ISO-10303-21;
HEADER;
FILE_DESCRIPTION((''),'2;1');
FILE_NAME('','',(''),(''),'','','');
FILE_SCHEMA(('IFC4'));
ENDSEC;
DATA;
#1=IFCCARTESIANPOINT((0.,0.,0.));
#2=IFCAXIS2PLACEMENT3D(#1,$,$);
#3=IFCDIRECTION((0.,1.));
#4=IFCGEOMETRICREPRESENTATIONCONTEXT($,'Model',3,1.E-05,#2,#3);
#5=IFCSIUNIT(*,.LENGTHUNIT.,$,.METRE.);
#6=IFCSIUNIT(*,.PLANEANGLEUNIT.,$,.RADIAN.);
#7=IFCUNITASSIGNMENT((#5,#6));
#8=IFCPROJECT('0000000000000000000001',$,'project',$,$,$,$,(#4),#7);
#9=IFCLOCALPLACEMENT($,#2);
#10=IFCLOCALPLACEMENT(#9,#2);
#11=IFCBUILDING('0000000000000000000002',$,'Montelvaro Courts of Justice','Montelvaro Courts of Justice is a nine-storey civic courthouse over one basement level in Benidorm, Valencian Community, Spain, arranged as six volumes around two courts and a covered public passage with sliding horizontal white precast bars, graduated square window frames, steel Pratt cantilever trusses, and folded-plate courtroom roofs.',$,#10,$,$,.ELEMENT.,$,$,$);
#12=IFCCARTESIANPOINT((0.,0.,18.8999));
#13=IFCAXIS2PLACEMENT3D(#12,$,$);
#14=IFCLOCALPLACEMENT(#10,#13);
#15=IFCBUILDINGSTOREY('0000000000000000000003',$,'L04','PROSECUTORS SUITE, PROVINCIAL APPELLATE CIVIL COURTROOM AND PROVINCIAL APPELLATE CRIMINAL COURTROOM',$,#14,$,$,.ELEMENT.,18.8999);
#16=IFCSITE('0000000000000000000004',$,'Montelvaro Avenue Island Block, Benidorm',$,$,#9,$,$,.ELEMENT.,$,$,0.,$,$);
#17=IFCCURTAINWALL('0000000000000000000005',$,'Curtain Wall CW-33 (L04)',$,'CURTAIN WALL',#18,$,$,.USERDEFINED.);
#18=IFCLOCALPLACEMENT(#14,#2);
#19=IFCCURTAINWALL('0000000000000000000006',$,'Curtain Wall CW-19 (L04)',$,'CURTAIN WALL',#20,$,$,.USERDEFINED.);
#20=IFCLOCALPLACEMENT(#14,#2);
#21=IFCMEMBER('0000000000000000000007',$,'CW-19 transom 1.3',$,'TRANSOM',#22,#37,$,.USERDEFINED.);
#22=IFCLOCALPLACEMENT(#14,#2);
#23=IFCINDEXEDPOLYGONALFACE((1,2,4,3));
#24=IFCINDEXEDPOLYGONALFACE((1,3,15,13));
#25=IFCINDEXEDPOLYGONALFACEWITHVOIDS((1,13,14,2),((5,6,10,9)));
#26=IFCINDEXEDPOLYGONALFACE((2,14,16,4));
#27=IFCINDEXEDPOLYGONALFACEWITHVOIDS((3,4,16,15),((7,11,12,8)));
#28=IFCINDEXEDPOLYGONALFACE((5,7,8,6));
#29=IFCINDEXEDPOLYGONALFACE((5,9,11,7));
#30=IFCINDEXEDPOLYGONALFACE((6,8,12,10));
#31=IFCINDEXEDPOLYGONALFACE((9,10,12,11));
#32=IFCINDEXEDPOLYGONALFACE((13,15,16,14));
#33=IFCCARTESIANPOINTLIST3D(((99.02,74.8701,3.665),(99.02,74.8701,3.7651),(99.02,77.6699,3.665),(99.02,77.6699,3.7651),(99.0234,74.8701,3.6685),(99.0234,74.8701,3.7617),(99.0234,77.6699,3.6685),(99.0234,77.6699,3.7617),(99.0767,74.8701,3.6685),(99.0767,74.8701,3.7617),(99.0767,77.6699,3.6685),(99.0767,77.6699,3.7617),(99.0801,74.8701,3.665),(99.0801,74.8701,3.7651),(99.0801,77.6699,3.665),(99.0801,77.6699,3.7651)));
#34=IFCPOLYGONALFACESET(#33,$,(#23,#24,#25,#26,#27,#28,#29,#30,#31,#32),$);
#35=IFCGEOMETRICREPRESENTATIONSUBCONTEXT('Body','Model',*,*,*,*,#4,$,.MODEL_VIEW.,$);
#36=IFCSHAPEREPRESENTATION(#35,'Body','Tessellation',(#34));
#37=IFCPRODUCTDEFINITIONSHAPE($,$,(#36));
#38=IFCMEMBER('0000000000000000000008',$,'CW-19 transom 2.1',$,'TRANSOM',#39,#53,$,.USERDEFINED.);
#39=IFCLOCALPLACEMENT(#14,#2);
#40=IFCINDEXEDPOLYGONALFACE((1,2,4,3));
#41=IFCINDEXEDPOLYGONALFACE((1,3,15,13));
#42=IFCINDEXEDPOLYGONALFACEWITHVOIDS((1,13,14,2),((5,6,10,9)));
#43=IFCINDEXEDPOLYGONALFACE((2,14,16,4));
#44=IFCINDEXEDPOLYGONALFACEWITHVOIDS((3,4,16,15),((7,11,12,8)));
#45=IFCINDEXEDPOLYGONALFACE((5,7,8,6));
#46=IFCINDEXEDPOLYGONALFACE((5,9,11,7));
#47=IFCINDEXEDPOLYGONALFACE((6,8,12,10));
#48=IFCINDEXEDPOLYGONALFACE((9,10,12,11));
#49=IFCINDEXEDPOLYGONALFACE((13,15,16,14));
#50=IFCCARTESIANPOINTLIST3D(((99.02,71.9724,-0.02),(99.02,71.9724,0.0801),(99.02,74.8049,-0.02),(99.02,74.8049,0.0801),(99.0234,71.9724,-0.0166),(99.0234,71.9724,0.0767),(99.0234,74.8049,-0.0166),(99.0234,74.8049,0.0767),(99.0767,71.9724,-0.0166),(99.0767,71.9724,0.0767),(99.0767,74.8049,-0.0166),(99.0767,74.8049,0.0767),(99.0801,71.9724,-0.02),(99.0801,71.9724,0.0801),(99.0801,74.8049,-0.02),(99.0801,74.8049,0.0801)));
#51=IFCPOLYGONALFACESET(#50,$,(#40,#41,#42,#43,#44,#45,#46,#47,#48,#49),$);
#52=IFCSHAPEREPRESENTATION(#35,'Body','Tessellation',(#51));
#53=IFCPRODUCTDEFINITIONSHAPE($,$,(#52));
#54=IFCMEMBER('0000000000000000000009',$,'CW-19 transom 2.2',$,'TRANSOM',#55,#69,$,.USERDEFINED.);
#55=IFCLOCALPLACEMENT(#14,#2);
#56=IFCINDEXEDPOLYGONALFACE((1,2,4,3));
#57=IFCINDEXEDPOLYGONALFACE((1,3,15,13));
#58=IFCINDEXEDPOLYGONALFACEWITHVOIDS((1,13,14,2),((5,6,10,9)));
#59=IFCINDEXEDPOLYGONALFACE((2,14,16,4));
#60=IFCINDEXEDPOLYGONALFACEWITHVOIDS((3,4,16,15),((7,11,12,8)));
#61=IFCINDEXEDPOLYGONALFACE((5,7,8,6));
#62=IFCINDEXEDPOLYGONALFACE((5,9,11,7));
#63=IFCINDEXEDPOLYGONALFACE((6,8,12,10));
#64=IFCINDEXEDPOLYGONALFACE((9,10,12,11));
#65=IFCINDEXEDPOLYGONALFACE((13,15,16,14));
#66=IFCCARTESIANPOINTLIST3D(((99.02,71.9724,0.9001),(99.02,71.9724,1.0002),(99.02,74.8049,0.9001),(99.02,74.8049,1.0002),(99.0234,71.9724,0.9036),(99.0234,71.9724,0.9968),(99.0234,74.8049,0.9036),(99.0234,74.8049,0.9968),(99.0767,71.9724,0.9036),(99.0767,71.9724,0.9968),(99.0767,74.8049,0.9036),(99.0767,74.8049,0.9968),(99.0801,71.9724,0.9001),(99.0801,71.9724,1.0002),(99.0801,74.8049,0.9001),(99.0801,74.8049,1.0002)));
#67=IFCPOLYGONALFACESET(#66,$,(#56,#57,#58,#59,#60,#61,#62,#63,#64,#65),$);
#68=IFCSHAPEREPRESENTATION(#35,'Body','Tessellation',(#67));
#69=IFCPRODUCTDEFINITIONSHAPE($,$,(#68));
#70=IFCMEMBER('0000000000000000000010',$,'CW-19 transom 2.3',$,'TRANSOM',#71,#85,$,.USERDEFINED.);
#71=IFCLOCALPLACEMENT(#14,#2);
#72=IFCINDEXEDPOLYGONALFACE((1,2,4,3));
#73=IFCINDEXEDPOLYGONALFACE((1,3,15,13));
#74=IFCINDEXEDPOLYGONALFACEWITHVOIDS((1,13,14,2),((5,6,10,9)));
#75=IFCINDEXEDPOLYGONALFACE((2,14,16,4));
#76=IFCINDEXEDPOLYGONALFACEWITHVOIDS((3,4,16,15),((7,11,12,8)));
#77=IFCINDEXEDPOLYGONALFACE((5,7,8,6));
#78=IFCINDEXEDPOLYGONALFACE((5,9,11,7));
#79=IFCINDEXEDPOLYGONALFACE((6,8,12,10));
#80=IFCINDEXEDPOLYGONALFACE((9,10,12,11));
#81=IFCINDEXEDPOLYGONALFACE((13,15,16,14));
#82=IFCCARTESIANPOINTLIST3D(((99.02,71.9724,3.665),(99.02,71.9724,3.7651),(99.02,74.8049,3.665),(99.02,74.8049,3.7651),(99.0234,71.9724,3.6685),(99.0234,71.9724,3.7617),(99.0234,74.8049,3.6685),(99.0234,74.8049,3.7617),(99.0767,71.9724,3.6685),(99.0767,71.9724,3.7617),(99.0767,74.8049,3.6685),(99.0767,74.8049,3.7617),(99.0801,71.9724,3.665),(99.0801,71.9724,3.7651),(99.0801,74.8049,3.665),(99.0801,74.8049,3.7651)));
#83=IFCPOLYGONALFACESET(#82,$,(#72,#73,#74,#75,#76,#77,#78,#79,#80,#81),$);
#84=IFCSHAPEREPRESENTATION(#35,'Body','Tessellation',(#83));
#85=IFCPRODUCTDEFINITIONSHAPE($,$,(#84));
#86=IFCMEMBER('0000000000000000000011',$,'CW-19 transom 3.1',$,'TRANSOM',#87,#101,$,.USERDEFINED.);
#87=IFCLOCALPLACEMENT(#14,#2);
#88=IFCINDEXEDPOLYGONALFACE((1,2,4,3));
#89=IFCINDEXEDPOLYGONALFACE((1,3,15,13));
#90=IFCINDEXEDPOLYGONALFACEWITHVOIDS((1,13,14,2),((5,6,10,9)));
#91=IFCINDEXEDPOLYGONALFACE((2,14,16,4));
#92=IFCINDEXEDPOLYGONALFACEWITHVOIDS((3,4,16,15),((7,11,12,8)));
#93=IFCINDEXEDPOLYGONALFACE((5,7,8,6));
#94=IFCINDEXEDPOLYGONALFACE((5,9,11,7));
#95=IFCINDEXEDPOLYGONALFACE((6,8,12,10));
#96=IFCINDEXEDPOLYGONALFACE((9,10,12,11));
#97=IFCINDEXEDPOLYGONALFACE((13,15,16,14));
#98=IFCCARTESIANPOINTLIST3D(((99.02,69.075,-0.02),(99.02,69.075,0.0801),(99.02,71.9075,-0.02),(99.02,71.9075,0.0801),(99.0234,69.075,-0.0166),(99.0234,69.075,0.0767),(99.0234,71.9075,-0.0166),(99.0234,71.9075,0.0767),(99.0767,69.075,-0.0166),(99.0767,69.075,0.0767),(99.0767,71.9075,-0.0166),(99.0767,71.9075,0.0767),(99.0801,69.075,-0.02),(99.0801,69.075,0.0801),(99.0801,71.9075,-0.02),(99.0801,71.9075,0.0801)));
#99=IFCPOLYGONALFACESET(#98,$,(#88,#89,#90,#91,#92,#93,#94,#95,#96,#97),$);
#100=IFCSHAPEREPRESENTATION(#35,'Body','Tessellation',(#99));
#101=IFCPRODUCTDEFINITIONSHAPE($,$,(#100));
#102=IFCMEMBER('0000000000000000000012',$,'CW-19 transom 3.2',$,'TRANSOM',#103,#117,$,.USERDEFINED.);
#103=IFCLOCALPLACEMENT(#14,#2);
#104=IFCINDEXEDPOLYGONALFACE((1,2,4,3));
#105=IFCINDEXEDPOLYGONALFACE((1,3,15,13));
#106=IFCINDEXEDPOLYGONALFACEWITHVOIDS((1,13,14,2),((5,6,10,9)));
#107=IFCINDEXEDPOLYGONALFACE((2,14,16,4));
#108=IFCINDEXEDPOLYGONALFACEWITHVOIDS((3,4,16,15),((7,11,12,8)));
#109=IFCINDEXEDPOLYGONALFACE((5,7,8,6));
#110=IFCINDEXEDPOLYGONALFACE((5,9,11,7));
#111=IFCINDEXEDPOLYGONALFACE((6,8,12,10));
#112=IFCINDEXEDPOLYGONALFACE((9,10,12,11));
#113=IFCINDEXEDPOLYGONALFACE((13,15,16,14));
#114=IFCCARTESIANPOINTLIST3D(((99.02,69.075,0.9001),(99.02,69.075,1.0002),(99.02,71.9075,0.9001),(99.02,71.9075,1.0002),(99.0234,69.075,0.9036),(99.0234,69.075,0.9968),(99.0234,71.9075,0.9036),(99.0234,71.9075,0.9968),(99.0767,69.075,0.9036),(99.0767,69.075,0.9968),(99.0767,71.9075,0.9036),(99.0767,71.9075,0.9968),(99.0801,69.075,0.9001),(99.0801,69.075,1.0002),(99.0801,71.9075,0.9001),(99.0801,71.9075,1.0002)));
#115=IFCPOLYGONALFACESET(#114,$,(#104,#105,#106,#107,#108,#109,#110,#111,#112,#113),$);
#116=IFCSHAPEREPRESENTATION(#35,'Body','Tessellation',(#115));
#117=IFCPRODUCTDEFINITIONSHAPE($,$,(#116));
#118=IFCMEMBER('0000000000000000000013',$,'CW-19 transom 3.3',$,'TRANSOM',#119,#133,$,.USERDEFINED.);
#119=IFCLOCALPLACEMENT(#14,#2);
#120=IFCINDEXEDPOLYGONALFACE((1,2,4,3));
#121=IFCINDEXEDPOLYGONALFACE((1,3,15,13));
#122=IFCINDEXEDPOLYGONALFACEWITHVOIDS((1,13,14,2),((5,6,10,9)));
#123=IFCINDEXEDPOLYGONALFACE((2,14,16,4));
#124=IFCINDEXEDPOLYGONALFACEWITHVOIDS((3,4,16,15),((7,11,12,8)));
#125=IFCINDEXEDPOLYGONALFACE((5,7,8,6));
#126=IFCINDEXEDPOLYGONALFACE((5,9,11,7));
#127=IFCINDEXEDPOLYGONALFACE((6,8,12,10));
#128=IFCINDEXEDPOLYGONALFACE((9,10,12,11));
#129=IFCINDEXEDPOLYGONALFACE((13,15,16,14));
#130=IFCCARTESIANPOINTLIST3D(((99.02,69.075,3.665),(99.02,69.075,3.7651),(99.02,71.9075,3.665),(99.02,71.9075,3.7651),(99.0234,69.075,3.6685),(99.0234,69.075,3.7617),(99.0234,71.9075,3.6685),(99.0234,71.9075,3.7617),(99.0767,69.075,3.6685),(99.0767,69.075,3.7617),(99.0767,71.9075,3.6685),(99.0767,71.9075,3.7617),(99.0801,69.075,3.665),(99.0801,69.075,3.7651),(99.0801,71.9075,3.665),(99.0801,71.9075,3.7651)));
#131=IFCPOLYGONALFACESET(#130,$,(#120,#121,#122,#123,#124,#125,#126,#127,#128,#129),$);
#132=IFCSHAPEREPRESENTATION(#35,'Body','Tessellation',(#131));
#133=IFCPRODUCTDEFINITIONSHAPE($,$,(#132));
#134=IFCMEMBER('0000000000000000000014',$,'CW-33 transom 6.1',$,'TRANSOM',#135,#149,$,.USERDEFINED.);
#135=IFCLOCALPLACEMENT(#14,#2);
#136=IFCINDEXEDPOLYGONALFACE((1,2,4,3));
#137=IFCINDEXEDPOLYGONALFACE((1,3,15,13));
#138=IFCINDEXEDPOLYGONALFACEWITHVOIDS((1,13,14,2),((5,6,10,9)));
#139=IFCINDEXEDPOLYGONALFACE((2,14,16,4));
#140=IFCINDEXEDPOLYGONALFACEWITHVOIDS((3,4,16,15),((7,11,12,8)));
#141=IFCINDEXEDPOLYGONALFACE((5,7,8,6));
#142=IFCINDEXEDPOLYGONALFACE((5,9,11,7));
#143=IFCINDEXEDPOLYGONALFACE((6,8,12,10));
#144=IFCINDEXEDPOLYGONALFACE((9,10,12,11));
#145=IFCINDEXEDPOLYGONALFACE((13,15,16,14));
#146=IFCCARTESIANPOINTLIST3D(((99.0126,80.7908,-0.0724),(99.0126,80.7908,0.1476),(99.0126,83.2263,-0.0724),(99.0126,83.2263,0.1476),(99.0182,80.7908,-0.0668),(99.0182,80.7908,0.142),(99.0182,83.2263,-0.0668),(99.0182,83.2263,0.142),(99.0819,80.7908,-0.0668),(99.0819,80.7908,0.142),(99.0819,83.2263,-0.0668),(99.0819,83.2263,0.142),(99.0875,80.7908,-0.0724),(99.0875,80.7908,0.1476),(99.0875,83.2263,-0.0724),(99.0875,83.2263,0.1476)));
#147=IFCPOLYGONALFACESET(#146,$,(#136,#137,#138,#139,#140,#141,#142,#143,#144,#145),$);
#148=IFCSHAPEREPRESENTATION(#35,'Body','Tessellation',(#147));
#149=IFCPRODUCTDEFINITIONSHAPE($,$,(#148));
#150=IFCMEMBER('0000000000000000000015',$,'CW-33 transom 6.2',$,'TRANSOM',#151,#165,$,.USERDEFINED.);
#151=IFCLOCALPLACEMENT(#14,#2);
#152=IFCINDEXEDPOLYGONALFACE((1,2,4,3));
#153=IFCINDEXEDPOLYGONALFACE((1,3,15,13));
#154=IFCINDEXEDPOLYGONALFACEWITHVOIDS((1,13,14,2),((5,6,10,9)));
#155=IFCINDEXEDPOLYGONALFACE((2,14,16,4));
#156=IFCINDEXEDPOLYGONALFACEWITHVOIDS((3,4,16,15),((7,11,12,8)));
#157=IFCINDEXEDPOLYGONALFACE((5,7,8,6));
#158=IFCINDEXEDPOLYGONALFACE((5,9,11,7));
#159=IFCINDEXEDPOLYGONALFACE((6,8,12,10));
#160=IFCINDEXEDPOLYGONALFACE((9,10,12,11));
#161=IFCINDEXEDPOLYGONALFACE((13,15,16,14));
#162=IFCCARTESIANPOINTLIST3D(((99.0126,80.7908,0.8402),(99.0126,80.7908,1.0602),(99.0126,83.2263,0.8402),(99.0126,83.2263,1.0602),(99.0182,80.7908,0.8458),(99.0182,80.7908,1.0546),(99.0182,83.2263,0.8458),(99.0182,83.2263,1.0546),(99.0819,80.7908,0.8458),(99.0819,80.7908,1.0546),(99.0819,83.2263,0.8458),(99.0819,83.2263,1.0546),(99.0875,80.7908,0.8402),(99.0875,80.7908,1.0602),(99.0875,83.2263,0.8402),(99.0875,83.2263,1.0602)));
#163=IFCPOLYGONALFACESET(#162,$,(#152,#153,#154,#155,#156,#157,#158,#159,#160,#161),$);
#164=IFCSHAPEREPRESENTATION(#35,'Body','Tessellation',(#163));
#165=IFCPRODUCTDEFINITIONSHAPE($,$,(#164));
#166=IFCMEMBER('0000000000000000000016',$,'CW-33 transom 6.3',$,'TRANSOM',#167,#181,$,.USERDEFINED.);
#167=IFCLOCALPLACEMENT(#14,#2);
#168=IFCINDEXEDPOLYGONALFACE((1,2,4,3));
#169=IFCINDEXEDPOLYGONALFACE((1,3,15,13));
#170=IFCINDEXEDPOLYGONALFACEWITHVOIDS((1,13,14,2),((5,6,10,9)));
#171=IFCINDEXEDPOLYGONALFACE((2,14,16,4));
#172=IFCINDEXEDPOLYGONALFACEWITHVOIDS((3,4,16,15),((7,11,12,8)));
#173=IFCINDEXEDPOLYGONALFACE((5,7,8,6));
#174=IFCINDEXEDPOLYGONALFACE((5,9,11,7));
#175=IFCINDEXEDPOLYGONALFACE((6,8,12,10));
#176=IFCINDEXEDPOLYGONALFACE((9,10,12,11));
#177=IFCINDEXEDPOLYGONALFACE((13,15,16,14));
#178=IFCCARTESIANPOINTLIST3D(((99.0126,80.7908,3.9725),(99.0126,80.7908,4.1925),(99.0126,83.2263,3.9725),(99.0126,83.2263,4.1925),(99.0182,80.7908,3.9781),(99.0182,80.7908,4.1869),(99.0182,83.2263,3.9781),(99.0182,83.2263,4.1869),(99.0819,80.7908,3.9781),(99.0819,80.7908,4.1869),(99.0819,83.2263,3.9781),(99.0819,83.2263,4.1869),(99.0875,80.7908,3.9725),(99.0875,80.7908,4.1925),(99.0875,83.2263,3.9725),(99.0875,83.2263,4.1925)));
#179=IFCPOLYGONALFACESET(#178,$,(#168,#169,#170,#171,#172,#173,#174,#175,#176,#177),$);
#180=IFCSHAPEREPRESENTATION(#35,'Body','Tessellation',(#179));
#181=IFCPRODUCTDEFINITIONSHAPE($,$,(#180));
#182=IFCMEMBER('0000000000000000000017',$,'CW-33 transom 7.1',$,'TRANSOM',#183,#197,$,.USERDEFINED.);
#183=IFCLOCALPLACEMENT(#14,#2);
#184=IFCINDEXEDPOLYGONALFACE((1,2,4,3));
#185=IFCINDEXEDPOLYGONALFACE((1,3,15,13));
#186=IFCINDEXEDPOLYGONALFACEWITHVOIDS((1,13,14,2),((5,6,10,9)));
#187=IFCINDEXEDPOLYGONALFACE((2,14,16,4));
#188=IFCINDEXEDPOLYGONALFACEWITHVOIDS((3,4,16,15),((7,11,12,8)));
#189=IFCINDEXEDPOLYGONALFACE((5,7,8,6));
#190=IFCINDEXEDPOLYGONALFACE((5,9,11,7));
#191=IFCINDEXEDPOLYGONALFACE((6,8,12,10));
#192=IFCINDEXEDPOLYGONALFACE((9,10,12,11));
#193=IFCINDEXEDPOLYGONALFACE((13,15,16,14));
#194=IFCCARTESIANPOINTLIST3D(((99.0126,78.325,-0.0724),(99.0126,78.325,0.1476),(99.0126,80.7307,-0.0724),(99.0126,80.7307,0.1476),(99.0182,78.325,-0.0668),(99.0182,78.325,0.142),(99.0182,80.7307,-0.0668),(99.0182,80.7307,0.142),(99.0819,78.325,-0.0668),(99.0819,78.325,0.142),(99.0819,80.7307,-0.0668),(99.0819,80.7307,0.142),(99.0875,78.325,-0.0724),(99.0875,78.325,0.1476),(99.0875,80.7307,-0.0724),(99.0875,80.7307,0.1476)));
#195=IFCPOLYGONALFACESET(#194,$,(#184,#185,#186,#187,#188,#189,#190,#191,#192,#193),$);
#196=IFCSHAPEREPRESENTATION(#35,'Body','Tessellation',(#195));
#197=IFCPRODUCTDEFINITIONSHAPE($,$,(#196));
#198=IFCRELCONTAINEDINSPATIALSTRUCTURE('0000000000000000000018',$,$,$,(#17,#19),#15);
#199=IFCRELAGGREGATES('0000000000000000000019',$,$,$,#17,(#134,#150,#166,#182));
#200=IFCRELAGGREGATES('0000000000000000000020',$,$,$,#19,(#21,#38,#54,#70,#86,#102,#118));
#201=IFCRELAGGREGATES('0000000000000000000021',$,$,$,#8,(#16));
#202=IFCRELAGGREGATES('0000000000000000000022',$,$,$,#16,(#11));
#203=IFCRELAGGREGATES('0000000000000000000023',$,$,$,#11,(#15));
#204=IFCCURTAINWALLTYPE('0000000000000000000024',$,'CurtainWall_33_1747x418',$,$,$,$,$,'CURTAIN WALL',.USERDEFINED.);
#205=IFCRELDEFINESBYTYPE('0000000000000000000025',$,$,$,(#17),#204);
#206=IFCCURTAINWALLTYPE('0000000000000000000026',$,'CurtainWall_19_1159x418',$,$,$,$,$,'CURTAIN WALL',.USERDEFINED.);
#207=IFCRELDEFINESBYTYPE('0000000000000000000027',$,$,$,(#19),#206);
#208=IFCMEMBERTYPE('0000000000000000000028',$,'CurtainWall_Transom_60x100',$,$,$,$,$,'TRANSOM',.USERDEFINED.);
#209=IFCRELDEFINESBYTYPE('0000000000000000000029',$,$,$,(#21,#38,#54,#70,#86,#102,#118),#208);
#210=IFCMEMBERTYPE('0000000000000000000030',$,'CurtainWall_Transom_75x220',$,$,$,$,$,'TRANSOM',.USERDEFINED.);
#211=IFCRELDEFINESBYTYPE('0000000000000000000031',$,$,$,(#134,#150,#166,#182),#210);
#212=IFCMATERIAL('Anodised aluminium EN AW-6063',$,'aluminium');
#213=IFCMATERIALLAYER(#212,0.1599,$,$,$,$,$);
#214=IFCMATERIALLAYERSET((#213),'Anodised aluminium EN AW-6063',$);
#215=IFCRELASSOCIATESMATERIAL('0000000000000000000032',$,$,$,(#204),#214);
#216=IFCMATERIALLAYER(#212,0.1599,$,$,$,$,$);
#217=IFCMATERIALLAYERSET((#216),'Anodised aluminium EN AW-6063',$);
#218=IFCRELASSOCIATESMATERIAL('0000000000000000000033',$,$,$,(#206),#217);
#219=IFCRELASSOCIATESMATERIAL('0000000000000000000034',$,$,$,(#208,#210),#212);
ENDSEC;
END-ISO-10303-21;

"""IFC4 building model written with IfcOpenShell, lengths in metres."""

from ifc_helpers import new_model, si_unit, direction, frame, origin, origin_2d, place, context, subcontext, project, spatial, hollow_rectangle, extrude, material, layer, layer_set, material_profile, profile_set, type_object, element, aggregate, save


model = new_model("IFC4")

# Units and contexts
model_context = context("Model", 3, precision=1e-05, world=origin(), true_north=direction((0.0, 1.0)))
body_context = subcontext(model_context, "Body", "Model", "MODEL_VIEW")
ifc_project = project(units=[si_unit("LENGTHUNIT", "METRE"), si_unit("PLANEANGLEUNIT", "RADIAN")], contexts=[model_context])

# Site, building, storey
site_placement = place(None, origin())
site = spatial("IfcSite", under=ifc_project, at=site_placement, Name="Montelvaro Avenue Island Block, Benidorm", CompositionType="ELEMENT", RefElevation=0.0)
building_placement = place(site_placement, origin())
building = spatial("IfcBuilding", under=site, at=building_placement, Name="Montelvaro Courts of Justice", Description="Montelvaro Courts of Justice is a nine-storey civic courthouse over one basement level in Benidorm, Valencian Community, Spain, arranged as six volumes around two courts and a covered public passage with sliding horizontal white precast bars, graduated square window frames, steel Pratt cantilever trusses, and folded-plate courtroom roofs.", CompositionType="ELEMENT")
storey_placement = place(building_placement, frame((0.0, 0.0, 18.8999)))
storey = spatial("IfcBuildingStorey", under=building, at=storey_placement, Name="L04", Description="PROSECUTORS SUITE, PROVINCIAL APPELLATE CIVIL COURTROOM AND PROVINCIAL APPELLATE CRIMINAL COURTROOM", CompositionType="ELEMENT", Elevation=18.8999)

# Curtain walls, members
ifc_material_1 = material(Name="Anodised aluminium EN AW-6063", Category="aluminium")
ifc_layer_1 = layer(ifc_material_1, 0.1599)
ifc_layer_set_1 = layer_set([ifc_layer_1], Name="Anodised aluminium EN AW-6063")
curtain_wall_type_1 = type_object("IfcCurtainWallType", Name="CurtainWall_33_1747x418", ElementType="CURTAIN WALL", PredefinedType="USERDEFINED", material=ifc_layer_set_1)
curtain_wall_1_placement = place(storey_placement, origin())
curtain_wall_1 = element("IfcCurtainWall", 1, at=curtain_wall_1_placement, inside=storey, type_object=curtain_wall_type_1, Name="Curtain Wall CW-33 (L04)", ObjectType="CURTAIN WALL", PredefinedType="USERDEFINED")
ifc_layer_2 = layer(ifc_material_1, 0.1599)
ifc_layer_set_2 = layer_set([ifc_layer_2], Name="Anodised aluminium EN AW-6063")
curtain_wall_type_2 = type_object("IfcCurtainWallType", Name="CurtainWall_19_1159x418", ElementType="CURTAIN WALL", PredefinedType="USERDEFINED", material=ifc_layer_set_2)
curtain_wall_2_placement = place(storey_placement, origin())
curtain_wall_2 = element("IfcCurtainWall", 2, at=curtain_wall_2_placement, inside=storey, type_object=curtain_wall_type_2, Name="Curtain Wall CW-19 (L04)", ObjectType="CURTAIN WALL", PredefinedType="USERDEFINED")
ifc_material_profile_1 = material_profile(ifc_material_1, hollow_rectangle(XDim=0.0601, YDim=0.1001, WallThickness=0.0034, at=origin_2d()), Name="ALU-T 60x100")
ifc_profile_set_1 = profile_set([ifc_material_profile_1], Name="Anodised aluminium EN AW-6063")
member_type_1 = type_object("IfcMemberType", Name="CurtainWall_Transom_60x100", ElementType="TRANSOM", PredefinedType="USERDEFINED", material=ifc_profile_set_1)
member_1_placement = place(storey_placement, frame((99.05, 77.6699, 3.7151), z_axis=(0.0, -1.0, 0.0), x_axis=(1.0, 0.0, 0.0)))
member_1 = element("IfcMember", 3, at=member_1_placement, type_object=member_type_1, Name="CW-19 transom 1.3", ObjectType="TRANSOM", PredefinedType="USERDEFINED", context=body_context, shape_type="SweptSolid", body=[
    extrude(hollow_rectangle(XDim=0.0601, YDim=0.1001, WallThickness=0.0034, at=origin_2d()), origin(), (0.0, 0.0, 1.0), 2.7998),
])
member_2_placement = place(storey_placement, frame((99.05, 74.8049, 0.03), z_axis=(0.0, -1.0, 0.0), x_axis=(1.0, 0.0, 0.0)))
member_2 = element("IfcMember", 4, at=member_2_placement, type_object=member_type_1, Name="CW-19 transom 2.1", ObjectType="TRANSOM", PredefinedType="USERDEFINED", context=body_context, shape_type="SweptSolid", body=[
    extrude(hollow_rectangle(XDim=0.0601, YDim=0.1001, WallThickness=0.0034, at=origin_2d()), origin(), (0.0, 0.0, 1.0), 2.8325),
])
member_3_placement = place(storey_placement, frame((99.05, 74.8049, 0.9502), z_axis=(0.0, -1.0, 0.0), x_axis=(1.0, 0.0, 0.0)))
member_3 = element("IfcMember", 5, at=member_3_placement, type_object=member_type_1, Name="CW-19 transom 2.2", ObjectType="TRANSOM", PredefinedType="USERDEFINED", context=body_context, shape_type="SweptSolid", body=[
    extrude(hollow_rectangle(XDim=0.0601, YDim=0.1001, WallThickness=0.0034, at=origin_2d()), origin(), (0.0, 0.0, 1.0), 2.8325),
])
member_4_placement = place(storey_placement, frame((99.05, 74.8049, 3.7151), z_axis=(0.0, -1.0, 0.0), x_axis=(1.0, 0.0, 0.0)))
member_4 = element("IfcMember", 6, at=member_4_placement, type_object=member_type_1, Name="CW-19 transom 2.3", ObjectType="TRANSOM", PredefinedType="USERDEFINED", context=body_context, shape_type="SweptSolid", body=[
    extrude(hollow_rectangle(XDim=0.0601, YDim=0.1001, WallThickness=0.0034, at=origin_2d()), origin(), (0.0, 0.0, 1.0), 2.8325),
])
member_5_placement = place(storey_placement, frame((99.05, 71.9075, 0.03), z_axis=(0.0, -1.0, 0.0), x_axis=(1.0, 0.0, 0.0)))
member_5 = element("IfcMember", 7, at=member_5_placement, type_object=member_type_1, Name="CW-19 transom 3.1", ObjectType="TRANSOM", PredefinedType="USERDEFINED", context=body_context, shape_type="SweptSolid", body=[
    extrude(hollow_rectangle(XDim=0.0601, YDim=0.1001, WallThickness=0.0034, at=origin_2d()), origin(), (0.0, 0.0, 1.0), 2.8325),
])
member_6_placement = place(storey_placement, frame((99.05, 71.9075, 0.9502), z_axis=(0.0, -1.0, 0.0), x_axis=(1.0, 0.0, 0.0)))
member_6 = element("IfcMember", 8, at=member_6_placement, type_object=member_type_1, Name="CW-19 transom 3.2", ObjectType="TRANSOM", PredefinedType="USERDEFINED", context=body_context, shape_type="SweptSolid", body=[
    extrude(hollow_rectangle(XDim=0.0601, YDim=0.1001, WallThickness=0.0034, at=origin_2d()), origin(), (0.0, 0.0, 1.0), 2.8325),
])
member_7_placement = place(storey_placement, frame((99.05, 71.9075, 3.7151), z_axis=(0.0, -1.0, 0.0), x_axis=(1.0, 0.0, 0.0)))
member_7 = element("IfcMember", 9, at=member_7_placement, type_object=member_type_1, Name="CW-19 transom 3.3", ObjectType="TRANSOM", PredefinedType="USERDEFINED", context=body_context, shape_type="SweptSolid", body=[
    extrude(hollow_rectangle(XDim=0.0601, YDim=0.1001, WallThickness=0.0034, at=origin_2d()), origin(), (0.0, 0.0, 1.0), 2.8325),
])

# Members
ifc_material_profile_2 = material_profile(ifc_material_1, hollow_rectangle(XDim=0.075, YDim=0.22, WallThickness=0.0056, at=origin_2d()), Name="ALU-T 75x220")
ifc_profile_set_2 = profile_set([ifc_material_profile_2], Name="Anodised aluminium EN AW-6063")
member_type_2 = type_object("IfcMemberType", Name="CurtainWall_Transom_75x220", ElementType="TRANSOM", PredefinedType="USERDEFINED", material=ifc_profile_set_2)
member_8_placement = place(storey_placement, frame((99.05, 83.2263, 0.0376), z_axis=(0.0, -1.0, 0.0), x_axis=(1.0, 0.0, 0.0)))
member_8 = element("IfcMember", 10, at=member_8_placement, type_object=member_type_2, Name="CW-33 transom 6.1", ObjectType="TRANSOM", PredefinedType="USERDEFINED", context=body_context, shape_type="SweptSolid", body=[
    extrude(hollow_rectangle(XDim=0.075, YDim=0.22, WallThickness=0.0056, at=origin_2d()), origin(), (0.0, 0.0, 1.0), 2.4355),
])
member_9_placement = place(storey_placement, frame((99.05, 83.2263, 0.9502), z_axis=(0.0, -1.0, 0.0), x_axis=(1.0, 0.0, 0.0)))
member_9 = element("IfcMember", 11, at=member_9_placement, type_object=member_type_2, Name="CW-33 transom 6.2", ObjectType="TRANSOM", PredefinedType="USERDEFINED", context=body_context, shape_type="SweptSolid", body=[
    extrude(hollow_rectangle(XDim=0.075, YDim=0.22, WallThickness=0.0056, at=origin_2d()), origin(), (0.0, 0.0, 1.0), 2.4355),
])
member_10_placement = place(storey_placement, frame((99.05, 83.2263, 4.0825), z_axis=(0.0, -1.0, 0.0), x_axis=(1.0, 0.0, 0.0)))
member_10 = element("IfcMember", 12, at=member_10_placement, type_object=member_type_2, Name="CW-33 transom 6.3", ObjectType="TRANSOM", PredefinedType="USERDEFINED", context=body_context, shape_type="SweptSolid", body=[
    extrude(hollow_rectangle(XDim=0.075, YDim=0.22, WallThickness=0.0056, at=origin_2d()), origin(), (0.0, 0.0, 1.0), 2.4355),
])
member_11_placement = place(storey_placement, frame((99.05, 80.7307, 0.0376), z_axis=(0.0, -1.0, 0.0), x_axis=(1.0, 0.0, 0.0)))
member_11 = element("IfcMember", 13, at=member_11_placement, type_object=member_type_2, Name="CW-33 transom 7.1", ObjectType="TRANSOM", PredefinedType="USERDEFINED", context=body_context, shape_type="SweptSolid", body=[
    extrude(hollow_rectangle(XDim=0.075, YDim=0.22, WallThickness=0.0056, at=origin_2d()), origin(), (0.0, 0.0, 1.0), 2.4058),
])

aggregate(curtain_wall_1, [member_8, member_9, member_10, member_11])
aggregate(curtain_wall_2, [member_1, member_2, member_3, member_4, member_5, member_6, member_7])

save(model, "model.ifc")
